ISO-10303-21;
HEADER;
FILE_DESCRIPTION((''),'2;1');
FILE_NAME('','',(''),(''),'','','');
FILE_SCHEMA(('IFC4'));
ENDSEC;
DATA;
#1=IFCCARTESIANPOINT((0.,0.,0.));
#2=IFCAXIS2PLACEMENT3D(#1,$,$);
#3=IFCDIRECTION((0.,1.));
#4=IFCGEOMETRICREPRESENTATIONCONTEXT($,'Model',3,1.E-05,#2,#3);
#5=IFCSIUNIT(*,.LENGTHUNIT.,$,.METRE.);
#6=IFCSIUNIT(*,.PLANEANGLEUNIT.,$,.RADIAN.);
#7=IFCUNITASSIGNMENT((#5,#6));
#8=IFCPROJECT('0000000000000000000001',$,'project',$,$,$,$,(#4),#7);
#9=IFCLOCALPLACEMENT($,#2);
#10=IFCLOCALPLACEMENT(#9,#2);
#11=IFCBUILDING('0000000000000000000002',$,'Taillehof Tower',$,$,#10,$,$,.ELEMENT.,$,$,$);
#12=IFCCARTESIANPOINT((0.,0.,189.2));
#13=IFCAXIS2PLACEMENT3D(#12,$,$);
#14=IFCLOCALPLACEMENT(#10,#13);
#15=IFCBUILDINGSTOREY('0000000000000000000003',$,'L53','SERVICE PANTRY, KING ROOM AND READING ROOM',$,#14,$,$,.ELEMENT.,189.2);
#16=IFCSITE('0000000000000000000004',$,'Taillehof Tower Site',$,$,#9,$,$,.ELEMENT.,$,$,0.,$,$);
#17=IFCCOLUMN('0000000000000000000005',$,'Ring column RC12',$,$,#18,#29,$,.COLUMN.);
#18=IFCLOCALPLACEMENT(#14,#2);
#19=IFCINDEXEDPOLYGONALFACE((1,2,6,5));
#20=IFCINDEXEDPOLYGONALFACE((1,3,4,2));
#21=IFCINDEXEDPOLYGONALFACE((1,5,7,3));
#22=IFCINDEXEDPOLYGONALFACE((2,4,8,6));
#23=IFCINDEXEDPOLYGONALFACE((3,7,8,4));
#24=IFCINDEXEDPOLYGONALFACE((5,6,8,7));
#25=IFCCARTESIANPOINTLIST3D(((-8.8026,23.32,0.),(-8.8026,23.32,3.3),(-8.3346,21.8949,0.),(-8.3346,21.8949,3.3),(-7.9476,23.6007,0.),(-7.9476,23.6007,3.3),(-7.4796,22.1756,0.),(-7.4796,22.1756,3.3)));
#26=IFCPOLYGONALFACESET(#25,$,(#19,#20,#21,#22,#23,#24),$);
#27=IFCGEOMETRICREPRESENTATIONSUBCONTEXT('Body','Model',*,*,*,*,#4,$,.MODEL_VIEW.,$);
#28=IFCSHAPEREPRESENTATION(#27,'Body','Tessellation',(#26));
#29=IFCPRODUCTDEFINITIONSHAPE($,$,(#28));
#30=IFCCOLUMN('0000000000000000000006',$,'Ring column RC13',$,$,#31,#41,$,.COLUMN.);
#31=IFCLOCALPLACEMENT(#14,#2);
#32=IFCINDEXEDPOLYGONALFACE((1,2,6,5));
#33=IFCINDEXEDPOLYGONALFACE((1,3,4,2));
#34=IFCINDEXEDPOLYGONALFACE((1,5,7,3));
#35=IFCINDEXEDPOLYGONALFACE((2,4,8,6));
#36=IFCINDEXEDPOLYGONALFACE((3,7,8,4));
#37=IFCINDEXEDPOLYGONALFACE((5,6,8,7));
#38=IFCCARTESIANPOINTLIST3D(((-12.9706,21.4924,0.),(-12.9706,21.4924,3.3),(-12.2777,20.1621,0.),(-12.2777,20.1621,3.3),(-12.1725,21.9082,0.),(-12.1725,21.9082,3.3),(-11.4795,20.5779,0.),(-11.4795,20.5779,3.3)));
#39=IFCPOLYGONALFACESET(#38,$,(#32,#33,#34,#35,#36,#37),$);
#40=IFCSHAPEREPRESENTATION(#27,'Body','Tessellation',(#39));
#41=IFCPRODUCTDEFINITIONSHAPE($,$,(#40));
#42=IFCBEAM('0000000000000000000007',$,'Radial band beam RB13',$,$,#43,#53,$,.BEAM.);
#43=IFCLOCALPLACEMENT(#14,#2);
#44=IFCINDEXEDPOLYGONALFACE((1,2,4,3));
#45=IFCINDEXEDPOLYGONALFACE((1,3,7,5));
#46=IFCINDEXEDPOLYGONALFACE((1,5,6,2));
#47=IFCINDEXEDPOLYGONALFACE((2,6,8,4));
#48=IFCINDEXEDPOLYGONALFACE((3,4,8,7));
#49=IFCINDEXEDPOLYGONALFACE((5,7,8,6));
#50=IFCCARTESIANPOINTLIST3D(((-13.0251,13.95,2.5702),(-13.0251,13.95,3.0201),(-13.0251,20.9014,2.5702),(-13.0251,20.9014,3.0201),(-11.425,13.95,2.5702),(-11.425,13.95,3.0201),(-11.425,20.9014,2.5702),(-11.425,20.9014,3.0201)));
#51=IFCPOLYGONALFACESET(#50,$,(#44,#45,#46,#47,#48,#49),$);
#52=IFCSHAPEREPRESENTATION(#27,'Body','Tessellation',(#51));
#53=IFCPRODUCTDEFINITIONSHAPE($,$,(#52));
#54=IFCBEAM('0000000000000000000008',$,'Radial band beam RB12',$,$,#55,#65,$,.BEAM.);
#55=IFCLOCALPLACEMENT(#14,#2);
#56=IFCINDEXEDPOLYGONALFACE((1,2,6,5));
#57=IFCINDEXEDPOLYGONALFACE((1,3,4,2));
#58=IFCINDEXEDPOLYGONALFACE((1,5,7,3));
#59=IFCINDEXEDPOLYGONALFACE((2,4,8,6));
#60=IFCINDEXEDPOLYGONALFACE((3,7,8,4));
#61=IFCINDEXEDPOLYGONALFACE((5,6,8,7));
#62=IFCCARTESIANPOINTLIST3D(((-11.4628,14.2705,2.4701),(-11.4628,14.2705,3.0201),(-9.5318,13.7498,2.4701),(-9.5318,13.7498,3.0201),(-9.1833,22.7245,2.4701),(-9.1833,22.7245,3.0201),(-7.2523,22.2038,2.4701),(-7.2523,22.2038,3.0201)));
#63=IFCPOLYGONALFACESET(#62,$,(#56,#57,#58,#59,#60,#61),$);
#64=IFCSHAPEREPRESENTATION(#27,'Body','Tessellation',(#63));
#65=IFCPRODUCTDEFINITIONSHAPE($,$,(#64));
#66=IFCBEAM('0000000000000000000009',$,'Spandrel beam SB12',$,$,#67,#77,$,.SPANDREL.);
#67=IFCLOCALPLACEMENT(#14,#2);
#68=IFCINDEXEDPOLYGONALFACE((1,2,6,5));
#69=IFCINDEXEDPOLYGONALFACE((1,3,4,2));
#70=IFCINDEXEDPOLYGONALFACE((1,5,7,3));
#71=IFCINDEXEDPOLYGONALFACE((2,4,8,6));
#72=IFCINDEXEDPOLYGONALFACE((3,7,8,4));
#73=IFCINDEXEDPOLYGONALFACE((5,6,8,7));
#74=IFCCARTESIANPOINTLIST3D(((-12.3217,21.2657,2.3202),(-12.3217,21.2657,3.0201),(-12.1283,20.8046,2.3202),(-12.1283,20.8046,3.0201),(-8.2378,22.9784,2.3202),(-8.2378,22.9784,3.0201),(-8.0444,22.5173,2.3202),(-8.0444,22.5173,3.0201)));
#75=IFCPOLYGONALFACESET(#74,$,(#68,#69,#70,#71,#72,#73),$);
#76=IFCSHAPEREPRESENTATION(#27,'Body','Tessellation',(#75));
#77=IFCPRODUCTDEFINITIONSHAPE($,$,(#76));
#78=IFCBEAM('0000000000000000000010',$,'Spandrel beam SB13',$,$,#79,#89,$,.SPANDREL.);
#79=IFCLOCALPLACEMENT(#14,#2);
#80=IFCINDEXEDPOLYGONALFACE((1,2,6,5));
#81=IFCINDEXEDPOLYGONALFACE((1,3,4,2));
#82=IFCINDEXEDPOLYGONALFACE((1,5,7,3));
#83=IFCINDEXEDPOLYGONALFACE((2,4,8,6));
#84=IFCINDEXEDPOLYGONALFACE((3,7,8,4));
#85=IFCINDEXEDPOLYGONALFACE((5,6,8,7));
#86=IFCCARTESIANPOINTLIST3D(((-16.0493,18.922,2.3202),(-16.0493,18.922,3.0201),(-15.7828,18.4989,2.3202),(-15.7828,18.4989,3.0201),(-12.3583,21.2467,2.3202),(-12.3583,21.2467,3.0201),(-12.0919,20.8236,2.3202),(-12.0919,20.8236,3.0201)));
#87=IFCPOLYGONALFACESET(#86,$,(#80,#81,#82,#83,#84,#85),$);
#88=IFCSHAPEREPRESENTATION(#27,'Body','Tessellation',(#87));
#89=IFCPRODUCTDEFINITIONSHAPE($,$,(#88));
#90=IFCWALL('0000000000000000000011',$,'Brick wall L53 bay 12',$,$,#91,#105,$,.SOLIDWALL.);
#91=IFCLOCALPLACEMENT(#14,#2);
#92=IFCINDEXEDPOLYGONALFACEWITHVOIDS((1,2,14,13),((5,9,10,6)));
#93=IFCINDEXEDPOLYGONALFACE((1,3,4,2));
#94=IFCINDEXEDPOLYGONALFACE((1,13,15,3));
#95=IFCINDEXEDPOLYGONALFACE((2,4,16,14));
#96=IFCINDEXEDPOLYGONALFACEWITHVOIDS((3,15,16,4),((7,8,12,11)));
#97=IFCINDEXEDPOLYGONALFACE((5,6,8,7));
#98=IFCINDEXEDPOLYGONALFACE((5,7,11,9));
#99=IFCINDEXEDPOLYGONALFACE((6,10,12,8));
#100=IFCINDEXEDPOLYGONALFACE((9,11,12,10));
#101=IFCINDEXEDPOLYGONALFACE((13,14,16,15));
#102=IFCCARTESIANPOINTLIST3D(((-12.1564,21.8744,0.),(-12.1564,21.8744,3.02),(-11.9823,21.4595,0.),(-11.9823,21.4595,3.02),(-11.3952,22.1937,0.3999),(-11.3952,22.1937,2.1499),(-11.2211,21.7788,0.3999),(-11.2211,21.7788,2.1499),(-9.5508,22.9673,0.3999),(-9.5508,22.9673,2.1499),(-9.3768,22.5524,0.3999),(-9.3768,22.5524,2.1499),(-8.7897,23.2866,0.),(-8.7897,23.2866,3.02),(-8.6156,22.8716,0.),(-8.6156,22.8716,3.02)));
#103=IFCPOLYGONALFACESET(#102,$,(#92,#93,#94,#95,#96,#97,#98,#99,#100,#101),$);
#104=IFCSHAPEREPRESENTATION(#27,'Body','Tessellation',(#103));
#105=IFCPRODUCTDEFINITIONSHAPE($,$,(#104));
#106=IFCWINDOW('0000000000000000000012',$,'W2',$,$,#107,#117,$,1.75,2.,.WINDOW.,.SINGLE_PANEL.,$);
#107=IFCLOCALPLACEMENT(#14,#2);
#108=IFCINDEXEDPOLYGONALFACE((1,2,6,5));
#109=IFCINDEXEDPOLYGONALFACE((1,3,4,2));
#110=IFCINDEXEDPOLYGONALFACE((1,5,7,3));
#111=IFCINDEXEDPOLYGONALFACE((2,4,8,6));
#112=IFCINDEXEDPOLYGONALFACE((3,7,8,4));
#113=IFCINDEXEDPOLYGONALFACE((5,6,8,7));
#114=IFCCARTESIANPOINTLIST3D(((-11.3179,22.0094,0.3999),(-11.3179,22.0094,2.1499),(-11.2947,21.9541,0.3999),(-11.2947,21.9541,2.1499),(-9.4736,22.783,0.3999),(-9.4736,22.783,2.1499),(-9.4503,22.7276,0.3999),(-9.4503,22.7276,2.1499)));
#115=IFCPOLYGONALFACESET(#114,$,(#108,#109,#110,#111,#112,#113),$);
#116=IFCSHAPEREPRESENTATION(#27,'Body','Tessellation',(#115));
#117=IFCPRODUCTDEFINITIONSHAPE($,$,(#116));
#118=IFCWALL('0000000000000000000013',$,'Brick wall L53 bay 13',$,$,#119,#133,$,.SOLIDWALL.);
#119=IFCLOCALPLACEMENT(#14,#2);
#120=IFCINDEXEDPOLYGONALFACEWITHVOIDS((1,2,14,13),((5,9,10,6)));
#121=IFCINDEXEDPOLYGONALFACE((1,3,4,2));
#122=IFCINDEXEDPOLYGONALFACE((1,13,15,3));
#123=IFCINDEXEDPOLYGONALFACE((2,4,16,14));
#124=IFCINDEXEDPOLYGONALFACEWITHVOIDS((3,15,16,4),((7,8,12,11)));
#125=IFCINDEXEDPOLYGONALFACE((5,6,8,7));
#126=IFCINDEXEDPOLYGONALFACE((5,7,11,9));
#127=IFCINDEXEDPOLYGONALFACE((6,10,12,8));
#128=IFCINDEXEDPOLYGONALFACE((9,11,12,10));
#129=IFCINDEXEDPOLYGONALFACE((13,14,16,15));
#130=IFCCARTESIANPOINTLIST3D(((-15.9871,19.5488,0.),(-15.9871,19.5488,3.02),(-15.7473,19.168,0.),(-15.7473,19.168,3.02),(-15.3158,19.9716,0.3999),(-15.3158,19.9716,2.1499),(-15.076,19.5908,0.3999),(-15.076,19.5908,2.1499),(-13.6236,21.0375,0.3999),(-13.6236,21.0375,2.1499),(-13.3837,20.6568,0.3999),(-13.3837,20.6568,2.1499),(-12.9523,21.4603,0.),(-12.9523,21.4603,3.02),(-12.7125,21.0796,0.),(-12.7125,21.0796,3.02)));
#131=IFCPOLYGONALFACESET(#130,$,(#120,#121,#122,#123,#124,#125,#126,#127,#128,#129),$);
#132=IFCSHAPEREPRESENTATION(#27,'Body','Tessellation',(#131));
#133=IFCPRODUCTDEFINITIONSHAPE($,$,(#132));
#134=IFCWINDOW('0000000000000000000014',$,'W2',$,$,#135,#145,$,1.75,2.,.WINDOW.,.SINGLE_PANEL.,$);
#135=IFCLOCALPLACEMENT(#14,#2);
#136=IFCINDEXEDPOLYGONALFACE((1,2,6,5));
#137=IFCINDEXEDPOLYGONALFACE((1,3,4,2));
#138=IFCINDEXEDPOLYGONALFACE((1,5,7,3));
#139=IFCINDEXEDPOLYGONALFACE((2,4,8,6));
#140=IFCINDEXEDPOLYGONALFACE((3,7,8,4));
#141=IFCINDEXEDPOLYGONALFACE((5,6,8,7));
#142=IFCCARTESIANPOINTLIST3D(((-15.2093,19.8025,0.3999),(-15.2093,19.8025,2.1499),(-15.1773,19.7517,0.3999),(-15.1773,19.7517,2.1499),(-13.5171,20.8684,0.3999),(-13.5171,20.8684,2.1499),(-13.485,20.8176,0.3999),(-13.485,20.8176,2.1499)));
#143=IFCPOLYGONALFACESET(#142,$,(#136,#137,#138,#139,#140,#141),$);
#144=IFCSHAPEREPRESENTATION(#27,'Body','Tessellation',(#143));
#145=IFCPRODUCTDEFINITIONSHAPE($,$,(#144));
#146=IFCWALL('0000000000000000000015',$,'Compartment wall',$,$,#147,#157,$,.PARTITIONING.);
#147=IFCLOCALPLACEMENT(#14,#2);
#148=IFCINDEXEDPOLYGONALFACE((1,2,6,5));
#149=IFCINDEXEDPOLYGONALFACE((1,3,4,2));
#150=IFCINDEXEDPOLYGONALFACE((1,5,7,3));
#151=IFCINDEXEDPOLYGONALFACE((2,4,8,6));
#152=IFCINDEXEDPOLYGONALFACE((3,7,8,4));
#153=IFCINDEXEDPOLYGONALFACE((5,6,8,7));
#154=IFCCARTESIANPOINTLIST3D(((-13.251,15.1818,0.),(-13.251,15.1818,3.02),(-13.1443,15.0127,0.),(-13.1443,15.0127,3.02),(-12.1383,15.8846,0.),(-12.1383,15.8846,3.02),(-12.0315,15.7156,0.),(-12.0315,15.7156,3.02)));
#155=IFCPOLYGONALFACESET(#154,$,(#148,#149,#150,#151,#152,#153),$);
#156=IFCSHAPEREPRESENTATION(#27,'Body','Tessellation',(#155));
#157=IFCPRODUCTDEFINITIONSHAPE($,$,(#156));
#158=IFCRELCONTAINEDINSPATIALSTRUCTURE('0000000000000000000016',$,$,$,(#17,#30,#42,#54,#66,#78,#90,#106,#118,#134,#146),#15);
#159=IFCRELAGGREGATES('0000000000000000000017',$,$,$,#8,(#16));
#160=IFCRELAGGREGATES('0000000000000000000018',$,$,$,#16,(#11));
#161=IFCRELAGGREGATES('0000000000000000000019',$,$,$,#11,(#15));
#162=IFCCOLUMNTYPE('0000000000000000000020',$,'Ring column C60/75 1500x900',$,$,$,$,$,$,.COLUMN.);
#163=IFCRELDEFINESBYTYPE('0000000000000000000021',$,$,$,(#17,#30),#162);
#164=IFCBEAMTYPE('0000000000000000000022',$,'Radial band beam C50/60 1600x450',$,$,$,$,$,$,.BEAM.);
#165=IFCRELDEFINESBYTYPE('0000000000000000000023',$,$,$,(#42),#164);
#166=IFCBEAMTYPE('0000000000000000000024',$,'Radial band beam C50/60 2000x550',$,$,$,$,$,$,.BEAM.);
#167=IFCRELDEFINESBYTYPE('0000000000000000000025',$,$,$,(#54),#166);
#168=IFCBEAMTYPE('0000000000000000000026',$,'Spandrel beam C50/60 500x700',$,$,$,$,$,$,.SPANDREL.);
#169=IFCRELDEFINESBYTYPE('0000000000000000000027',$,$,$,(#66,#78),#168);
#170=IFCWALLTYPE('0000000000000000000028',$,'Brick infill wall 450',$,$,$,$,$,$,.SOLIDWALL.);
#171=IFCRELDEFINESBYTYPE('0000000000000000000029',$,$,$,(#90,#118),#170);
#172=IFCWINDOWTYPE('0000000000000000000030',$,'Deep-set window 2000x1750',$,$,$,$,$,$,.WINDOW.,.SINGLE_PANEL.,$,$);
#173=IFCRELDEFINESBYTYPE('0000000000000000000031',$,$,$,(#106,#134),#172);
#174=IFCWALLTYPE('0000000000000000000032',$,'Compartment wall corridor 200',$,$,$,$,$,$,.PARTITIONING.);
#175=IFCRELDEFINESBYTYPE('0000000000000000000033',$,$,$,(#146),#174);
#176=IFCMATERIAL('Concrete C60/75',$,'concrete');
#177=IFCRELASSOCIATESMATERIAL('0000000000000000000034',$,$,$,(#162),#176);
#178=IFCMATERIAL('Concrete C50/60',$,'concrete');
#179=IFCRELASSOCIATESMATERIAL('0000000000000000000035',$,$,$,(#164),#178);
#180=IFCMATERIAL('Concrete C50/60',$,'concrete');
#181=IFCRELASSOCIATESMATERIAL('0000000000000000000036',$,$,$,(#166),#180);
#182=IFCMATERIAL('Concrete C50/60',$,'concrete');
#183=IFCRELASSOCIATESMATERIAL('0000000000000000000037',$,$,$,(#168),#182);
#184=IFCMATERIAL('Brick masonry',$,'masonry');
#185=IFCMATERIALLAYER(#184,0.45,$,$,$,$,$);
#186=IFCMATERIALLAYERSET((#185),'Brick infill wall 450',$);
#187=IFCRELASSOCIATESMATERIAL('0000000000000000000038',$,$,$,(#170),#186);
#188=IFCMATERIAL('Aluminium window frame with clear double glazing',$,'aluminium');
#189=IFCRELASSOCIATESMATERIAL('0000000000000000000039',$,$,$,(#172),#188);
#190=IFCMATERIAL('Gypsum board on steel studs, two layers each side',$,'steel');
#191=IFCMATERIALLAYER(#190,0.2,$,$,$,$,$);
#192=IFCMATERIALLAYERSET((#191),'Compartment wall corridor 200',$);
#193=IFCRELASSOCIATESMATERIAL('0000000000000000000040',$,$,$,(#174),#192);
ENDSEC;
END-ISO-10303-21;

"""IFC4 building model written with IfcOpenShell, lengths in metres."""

from ifc_helpers import new_model, si_unit, direction, frame, frame_2d, origin, origin_2d, place, context, subcontext, project, spatial, rectangle, extrude, material, layer, layer_set, material_profile, profile_set, type_object, element, fill, save


model = new_model("IFC4")

# Units and contexts
model_context = context("Model", 3, precision=1e-05, world=origin(), true_north=direction((0.0, 1.0)))
body_context = subcontext(model_context, "Body", "Model", "MODEL_VIEW")
ifc_project = project(units=[si_unit("LENGTHUNIT", "METRE"), si_unit("PLANEANGLEUNIT", "RADIAN")], contexts=[model_context])

# Site, building, storey
site_placement = place(None, origin())
site = spatial("IfcSite", under=ifc_project, at=site_placement, Name="Taillehof Tower Site", CompositionType="ELEMENT", RefElevation=0.0)
building_placement = place(site_placement, origin())
building = spatial("IfcBuilding", under=site, at=building_placement, Name="Taillehof Tower", CompositionType="ELEMENT")
storey_placement = place(building_placement, frame((0.0, 0.0, 189.2)))
storey = spatial("IfcBuildingStorey", under=building, at=storey_placement, Name="L53", Description="SERVICE PANTRY, KING ROOM AND READING ROOM", CompositionType="ELEMENT", Elevation=189.2)

# Columns
ifc_material_1 = material(Name="Concrete C60/75", Category="concrete")
ifc_material_profile_1 = material_profile(ifc_material_1, rectangle(XDim=1.5, YDim=0.8999, at=origin_2d()), Name="RC 1500x900")
ifc_profile_set_1 = profile_set([ifc_material_profile_1], Name="Concrete C60/75")
column_type = type_object("IfcColumnType", Name="Ring column C60/75 1500x900", PredefinedType="COLUMN", material=ifc_profile_set_1)
for number, where, z_axis, x_axis, name in (
    (1, (-8.1411, 22.7478, 0.0), (0.0, 0.0, 1.0), (-0.312001, 0.950082, 0.0), "Ring column RC12"),
    (2, (-12.2251, 21.0352, 0.0), (0.0, 0.0, 1.0), (-0.461993, 0.886883, 0.0), "Ring column RC13"),
):
    element("IfcColumn", number, at=place(storey_placement, frame(where, z_axis=z_axis, x_axis=x_axis)), inside=storey, type_object=column_type, Name=name, PredefinedType="COLUMN", context=body_context, shape_type="SweptSolid", body=[
        extrude(rectangle(XDim=1.5, YDim=0.8999, at=origin_2d()), origin(), (0.0, 0.0, 1.0), 3.3),
    ])

# Beams
ifc_material_2 = material(Name="Concrete C50/60", Category="concrete")
ifc_material_profile_2 = material_profile(ifc_material_2, rectangle(XDim=1.6001, YDim=0.45, at=origin_2d()), Name="RC 1600x450")
ifc_profile_set_2 = profile_set([ifc_material_profile_2], Name="Concrete C50/60")
beam_type_1 = type_object("IfcBeamType", Name="Radial band beam C50/60 1600x450", PredefinedType="BEAM", material=ifc_profile_set_2)
beam_1_placement = place(storey_placement, frame((-12.2251, 20.9014, 2.7952), z_axis=(0.0, -1.0, 0.0), x_axis=(1.0, 0.0, 0.0)))
element("IfcBeam", 3, at=beam_1_placement, inside=storey, type_object=beam_type_1, Name="Radial band beam RB13", PredefinedType="BEAM", context=body_context, shape_type="SweptSolid", body=[
    extrude(rectangle(XDim=1.6001, YDim=0.45, at=origin_2d()), origin(), (0.0, 0.0, 1.0), 6.9514),
])
ifc_material_3 = material(Name="Concrete C50/60", Category="concrete")
ifc_material_profile_3 = material_profile(ifc_material_3, rectangle(XDim=2.0, YDim=0.55, at=origin_2d()), Name="RC 2000x550")
ifc_profile_set_3 = profile_set([ifc_material_profile_3], Name="Concrete C50/60")
beam_type_2 = type_object("IfcBeamType", Name="Radial band beam C50/60 2000x550", PredefinedType="BEAM", material=ifc_profile_set_3)
beam_2_placement = place(storey_placement, frame((-8.2178, 22.4641, 2.7451), z_axis=(-0.260346, -0.965515, 0.0), x_axis=(0.965515, -0.260346, 0.0)))
element("IfcBeam", 4, at=beam_2_placement, inside=storey, type_object=beam_type_2, Name="Radial band beam RB12", PredefinedType="BEAM", context=body_context, shape_type="SweptSolid", body=[
    extrude(rectangle(XDim=2.0, YDim=0.55, at=origin_2d()), origin(), (0.0, 0.0, 1.0), 8.7559),
])
ifc_material_4 = material(Name="Concrete C50/60", Category="concrete")
ifc_material_profile_4 = material_profile(ifc_material_4, rectangle(XDim=0.5, YDim=0.7, at=origin_2d()), Name="RC 500x700")
ifc_profile_set_4 = profile_set([ifc_material_profile_4], Name="Concrete C50/60")
beam_type_3 = type_object("IfcBeamType", Name="Spandrel beam C50/60 500x700", PredefinedType="SPANDREL", material=ifc_profile_set_4)
beam_3_placement = place(storey_placement, frame((-8.1411, 22.7478, 2.6702), z_axis=(-0.922194, -0.386728, 0.0), x_axis=(0.386728, -0.922194, 0.0)))
element("IfcBeam", 5, at=beam_3_placement, inside=storey, type_object=beam_type_3, Name="Spandrel beam SB12", PredefinedType="SPANDREL", context=body_context, shape_type="SweptSolid", body=[
    extrude(rectangle(XDim=0.5, YDim=0.7, at=origin_2d()), origin(), (0.0, 0.0, 1.0), 4.4285),
])
beam_4_placement = place(storey_placement, frame((-12.2251, 21.0352, 2.6702), z_axis=(-0.846151, -0.532944, 0.0), x_axis=(0.532944, -0.846151, 0.0)))
element("IfcBeam", 6, at=beam_4_placement, inside=storey, type_object=beam_type_3, Name="Spandrel beam SB13", PredefinedType="SPANDREL", context=body_context, shape_type="SweptSolid", body=[
    extrude(rectangle(XDim=0.5, YDim=0.7, at=origin_2d()), origin(), (0.0, 0.0, 1.0), 4.3621),
])

# Walls, openings, windows
ifc_material_5 = material(Name="Brick masonry", Category="masonry")
ifc_layer_1 = layer(ifc_material_5, 0.45)
ifc_layer_set_1 = layer_set([ifc_layer_1], Name="Brick infill wall 450")
wall_type_1 = type_object("IfcWallType", Name="Brick infill wall 450", PredefinedType="SOLIDWALL", material=ifc_layer_set_1)
wall_1_placement = place(storey_placement, frame((-8.7026, 23.0791, 0.0), z_axis=(0.0, 0.0, 1.0), x_axis=(-0.922168, -0.386789, 0.0)))
wall_1 = element("IfcWall", 7, at=wall_1_placement, inside=storey, type_object=wall_type_1, Name="Brick wall L53 bay 12", PredefinedType="SOLIDWALL", context=body_context, shape_type="SweptSolid", body=[
    extrude(rectangle(XDim=3.6509, YDim=0.45, at=frame_2d((1.8254, 0.0))), origin(), (0.0, 0.0, 1.0), 3.02),
])
opening_1_placement = place(wall_1_placement, frame((0.8254, 0.0, 0.3999)))
opening_1 = element("IfcOpeningElement", 8, at=opening_1_placement, cuts=wall_1, PredefinedType="OPENING", context=body_context, shape_type="SweptSolid", body=[
    extrude(rectangle(XDim=2.0, YDim=1.75, at=frame_2d((1.0, 0.875))), frame((0.0, 0.2349, 0.0), z_axis=(0.0, -1.0, 0.0), x_axis=(1.0, 0.0, 0.0)), (0.0, 0.0, 1.0), 0.47),
])
ifc_material_6 = material(Name="Aluminium window frame with clear double glazing", Category="aluminium")
window_type = type_object("IfcWindowType", Name="Deep-set window 2000x1750", PartitioningType="SINGLE_PANEL", PredefinedType="WINDOW", material=ifc_material_6)
window_1_placement = place(opening_1_placement, origin())
window_1 = element("IfcWindow", 9, at=window_1_placement, inside=storey, type_object=window_type, Name="W2", OverallHeight=1.75, OverallWidth=2.0, PartitioningType="SINGLE_PANEL", PredefinedType="WINDOW", context=body_context, shape_type="SweptSolid", body=[
    extrude(rectangle(XDim=2.0, YDim=1.75, at=frame_2d((1.0, 0.875))), frame((0.0, 0.0349, 0.0), z_axis=(0.0, -1.0, 0.0), x_axis=(1.0, 0.0, 0.0)), (0.0, 0.0, 1.0), 0.0601),
])
fill(opening_1, window_1)
wall_2_placement = place(storey_placement, frame((-12.8323, 21.27, 0.0), z_axis=(0.0, 0.0, 1.0), x_axis=(-0.846138, -0.532963, 0.0)))
wall_2 = element("IfcWall", 10, at=wall_2_placement, inside=storey, type_object=wall_type_1, Name="Brick wall L53 bay 13", PredefinedType="SOLIDWALL", context=body_context, shape_type="SweptSolid", body=[
    extrude(rectangle(XDim=3.5867, YDim=0.45, at=frame_2d((1.7935, 0.0))), origin(), (0.0, 0.0, 1.0), 3.02),
])
opening_2_placement = place(wall_2_placement, frame((0.7935, 0.0, 0.3999)))
opening_2 = element("IfcOpeningElement", 11, at=opening_2_placement, cuts=wall_2, PredefinedType="OPENING", context=body_context, shape_type="SweptSolid", body=[
    extrude(rectangle(XDim=2.0, YDim=1.75, at=frame_2d((1.0, 0.875))), frame((0.0, 0.2349, 0.0), z_axis=(0.0, -1.0, 0.0), x_axis=(1.0, 0.0, 0.0)), (0.0, 0.0, 1.0), 0.47),
])
window_2_placement = place(opening_2_placement, origin())
window_2 = element("IfcWindow", 12, at=window_2_placement, inside=storey, type_object=window_type, Name="W2", OverallHeight=1.75, OverallWidth=2.0, PartitioningType="SINGLE_PANEL", PredefinedType="WINDOW", context=body_context, shape_type="SweptSolid", body=[
    extrude(rectangle(XDim=2.0, YDim=1.75, at=frame_2d((1.0, 0.875))), frame((0.0, 0.0349, 0.0), z_axis=(0.0, -1.0, 0.0), x_axis=(1.0, 0.0, 0.0)), (0.0, 0.0, 1.0), 0.0601),
])
fill(opening_2, window_2)

# Wall
ifc_material_7 = material(Name="Gypsum board on steel studs, two layers each side", Category="steel")
ifc_layer_2 = layer(ifc_material_7, 0.2)
ifc_layer_set_2 = layer_set([ifc_layer_2], Name="Compartment wall corridor 200")
wall_type_2 = type_object("IfcWallType", Name="Compartment wall corridor 200", PredefinedType="PARTITIONING", material=ifc_layer_set_2)
wall_3_placement = place(storey_placement, frame((-13.1978, 15.0972, 0.0), z_axis=(0.0, 0.0, 1.0), x_axis=(0.845467, 0.534028, 0.0)))
element("IfcWall", 13, at=wall_3_placement, inside=storey, type_object=wall_type_2, Name="Compartment wall", PredefinedType="PARTITIONING", context=body_context, shape_type="SweptSolid", body=[
    extrude(rectangle(XDim=1.3162, YDim=0.2, at=frame_2d((0.6582, 0.0))), origin(), (0.0, 0.0, 1.0), 3.02),
])

save(model, "model.ifc")
